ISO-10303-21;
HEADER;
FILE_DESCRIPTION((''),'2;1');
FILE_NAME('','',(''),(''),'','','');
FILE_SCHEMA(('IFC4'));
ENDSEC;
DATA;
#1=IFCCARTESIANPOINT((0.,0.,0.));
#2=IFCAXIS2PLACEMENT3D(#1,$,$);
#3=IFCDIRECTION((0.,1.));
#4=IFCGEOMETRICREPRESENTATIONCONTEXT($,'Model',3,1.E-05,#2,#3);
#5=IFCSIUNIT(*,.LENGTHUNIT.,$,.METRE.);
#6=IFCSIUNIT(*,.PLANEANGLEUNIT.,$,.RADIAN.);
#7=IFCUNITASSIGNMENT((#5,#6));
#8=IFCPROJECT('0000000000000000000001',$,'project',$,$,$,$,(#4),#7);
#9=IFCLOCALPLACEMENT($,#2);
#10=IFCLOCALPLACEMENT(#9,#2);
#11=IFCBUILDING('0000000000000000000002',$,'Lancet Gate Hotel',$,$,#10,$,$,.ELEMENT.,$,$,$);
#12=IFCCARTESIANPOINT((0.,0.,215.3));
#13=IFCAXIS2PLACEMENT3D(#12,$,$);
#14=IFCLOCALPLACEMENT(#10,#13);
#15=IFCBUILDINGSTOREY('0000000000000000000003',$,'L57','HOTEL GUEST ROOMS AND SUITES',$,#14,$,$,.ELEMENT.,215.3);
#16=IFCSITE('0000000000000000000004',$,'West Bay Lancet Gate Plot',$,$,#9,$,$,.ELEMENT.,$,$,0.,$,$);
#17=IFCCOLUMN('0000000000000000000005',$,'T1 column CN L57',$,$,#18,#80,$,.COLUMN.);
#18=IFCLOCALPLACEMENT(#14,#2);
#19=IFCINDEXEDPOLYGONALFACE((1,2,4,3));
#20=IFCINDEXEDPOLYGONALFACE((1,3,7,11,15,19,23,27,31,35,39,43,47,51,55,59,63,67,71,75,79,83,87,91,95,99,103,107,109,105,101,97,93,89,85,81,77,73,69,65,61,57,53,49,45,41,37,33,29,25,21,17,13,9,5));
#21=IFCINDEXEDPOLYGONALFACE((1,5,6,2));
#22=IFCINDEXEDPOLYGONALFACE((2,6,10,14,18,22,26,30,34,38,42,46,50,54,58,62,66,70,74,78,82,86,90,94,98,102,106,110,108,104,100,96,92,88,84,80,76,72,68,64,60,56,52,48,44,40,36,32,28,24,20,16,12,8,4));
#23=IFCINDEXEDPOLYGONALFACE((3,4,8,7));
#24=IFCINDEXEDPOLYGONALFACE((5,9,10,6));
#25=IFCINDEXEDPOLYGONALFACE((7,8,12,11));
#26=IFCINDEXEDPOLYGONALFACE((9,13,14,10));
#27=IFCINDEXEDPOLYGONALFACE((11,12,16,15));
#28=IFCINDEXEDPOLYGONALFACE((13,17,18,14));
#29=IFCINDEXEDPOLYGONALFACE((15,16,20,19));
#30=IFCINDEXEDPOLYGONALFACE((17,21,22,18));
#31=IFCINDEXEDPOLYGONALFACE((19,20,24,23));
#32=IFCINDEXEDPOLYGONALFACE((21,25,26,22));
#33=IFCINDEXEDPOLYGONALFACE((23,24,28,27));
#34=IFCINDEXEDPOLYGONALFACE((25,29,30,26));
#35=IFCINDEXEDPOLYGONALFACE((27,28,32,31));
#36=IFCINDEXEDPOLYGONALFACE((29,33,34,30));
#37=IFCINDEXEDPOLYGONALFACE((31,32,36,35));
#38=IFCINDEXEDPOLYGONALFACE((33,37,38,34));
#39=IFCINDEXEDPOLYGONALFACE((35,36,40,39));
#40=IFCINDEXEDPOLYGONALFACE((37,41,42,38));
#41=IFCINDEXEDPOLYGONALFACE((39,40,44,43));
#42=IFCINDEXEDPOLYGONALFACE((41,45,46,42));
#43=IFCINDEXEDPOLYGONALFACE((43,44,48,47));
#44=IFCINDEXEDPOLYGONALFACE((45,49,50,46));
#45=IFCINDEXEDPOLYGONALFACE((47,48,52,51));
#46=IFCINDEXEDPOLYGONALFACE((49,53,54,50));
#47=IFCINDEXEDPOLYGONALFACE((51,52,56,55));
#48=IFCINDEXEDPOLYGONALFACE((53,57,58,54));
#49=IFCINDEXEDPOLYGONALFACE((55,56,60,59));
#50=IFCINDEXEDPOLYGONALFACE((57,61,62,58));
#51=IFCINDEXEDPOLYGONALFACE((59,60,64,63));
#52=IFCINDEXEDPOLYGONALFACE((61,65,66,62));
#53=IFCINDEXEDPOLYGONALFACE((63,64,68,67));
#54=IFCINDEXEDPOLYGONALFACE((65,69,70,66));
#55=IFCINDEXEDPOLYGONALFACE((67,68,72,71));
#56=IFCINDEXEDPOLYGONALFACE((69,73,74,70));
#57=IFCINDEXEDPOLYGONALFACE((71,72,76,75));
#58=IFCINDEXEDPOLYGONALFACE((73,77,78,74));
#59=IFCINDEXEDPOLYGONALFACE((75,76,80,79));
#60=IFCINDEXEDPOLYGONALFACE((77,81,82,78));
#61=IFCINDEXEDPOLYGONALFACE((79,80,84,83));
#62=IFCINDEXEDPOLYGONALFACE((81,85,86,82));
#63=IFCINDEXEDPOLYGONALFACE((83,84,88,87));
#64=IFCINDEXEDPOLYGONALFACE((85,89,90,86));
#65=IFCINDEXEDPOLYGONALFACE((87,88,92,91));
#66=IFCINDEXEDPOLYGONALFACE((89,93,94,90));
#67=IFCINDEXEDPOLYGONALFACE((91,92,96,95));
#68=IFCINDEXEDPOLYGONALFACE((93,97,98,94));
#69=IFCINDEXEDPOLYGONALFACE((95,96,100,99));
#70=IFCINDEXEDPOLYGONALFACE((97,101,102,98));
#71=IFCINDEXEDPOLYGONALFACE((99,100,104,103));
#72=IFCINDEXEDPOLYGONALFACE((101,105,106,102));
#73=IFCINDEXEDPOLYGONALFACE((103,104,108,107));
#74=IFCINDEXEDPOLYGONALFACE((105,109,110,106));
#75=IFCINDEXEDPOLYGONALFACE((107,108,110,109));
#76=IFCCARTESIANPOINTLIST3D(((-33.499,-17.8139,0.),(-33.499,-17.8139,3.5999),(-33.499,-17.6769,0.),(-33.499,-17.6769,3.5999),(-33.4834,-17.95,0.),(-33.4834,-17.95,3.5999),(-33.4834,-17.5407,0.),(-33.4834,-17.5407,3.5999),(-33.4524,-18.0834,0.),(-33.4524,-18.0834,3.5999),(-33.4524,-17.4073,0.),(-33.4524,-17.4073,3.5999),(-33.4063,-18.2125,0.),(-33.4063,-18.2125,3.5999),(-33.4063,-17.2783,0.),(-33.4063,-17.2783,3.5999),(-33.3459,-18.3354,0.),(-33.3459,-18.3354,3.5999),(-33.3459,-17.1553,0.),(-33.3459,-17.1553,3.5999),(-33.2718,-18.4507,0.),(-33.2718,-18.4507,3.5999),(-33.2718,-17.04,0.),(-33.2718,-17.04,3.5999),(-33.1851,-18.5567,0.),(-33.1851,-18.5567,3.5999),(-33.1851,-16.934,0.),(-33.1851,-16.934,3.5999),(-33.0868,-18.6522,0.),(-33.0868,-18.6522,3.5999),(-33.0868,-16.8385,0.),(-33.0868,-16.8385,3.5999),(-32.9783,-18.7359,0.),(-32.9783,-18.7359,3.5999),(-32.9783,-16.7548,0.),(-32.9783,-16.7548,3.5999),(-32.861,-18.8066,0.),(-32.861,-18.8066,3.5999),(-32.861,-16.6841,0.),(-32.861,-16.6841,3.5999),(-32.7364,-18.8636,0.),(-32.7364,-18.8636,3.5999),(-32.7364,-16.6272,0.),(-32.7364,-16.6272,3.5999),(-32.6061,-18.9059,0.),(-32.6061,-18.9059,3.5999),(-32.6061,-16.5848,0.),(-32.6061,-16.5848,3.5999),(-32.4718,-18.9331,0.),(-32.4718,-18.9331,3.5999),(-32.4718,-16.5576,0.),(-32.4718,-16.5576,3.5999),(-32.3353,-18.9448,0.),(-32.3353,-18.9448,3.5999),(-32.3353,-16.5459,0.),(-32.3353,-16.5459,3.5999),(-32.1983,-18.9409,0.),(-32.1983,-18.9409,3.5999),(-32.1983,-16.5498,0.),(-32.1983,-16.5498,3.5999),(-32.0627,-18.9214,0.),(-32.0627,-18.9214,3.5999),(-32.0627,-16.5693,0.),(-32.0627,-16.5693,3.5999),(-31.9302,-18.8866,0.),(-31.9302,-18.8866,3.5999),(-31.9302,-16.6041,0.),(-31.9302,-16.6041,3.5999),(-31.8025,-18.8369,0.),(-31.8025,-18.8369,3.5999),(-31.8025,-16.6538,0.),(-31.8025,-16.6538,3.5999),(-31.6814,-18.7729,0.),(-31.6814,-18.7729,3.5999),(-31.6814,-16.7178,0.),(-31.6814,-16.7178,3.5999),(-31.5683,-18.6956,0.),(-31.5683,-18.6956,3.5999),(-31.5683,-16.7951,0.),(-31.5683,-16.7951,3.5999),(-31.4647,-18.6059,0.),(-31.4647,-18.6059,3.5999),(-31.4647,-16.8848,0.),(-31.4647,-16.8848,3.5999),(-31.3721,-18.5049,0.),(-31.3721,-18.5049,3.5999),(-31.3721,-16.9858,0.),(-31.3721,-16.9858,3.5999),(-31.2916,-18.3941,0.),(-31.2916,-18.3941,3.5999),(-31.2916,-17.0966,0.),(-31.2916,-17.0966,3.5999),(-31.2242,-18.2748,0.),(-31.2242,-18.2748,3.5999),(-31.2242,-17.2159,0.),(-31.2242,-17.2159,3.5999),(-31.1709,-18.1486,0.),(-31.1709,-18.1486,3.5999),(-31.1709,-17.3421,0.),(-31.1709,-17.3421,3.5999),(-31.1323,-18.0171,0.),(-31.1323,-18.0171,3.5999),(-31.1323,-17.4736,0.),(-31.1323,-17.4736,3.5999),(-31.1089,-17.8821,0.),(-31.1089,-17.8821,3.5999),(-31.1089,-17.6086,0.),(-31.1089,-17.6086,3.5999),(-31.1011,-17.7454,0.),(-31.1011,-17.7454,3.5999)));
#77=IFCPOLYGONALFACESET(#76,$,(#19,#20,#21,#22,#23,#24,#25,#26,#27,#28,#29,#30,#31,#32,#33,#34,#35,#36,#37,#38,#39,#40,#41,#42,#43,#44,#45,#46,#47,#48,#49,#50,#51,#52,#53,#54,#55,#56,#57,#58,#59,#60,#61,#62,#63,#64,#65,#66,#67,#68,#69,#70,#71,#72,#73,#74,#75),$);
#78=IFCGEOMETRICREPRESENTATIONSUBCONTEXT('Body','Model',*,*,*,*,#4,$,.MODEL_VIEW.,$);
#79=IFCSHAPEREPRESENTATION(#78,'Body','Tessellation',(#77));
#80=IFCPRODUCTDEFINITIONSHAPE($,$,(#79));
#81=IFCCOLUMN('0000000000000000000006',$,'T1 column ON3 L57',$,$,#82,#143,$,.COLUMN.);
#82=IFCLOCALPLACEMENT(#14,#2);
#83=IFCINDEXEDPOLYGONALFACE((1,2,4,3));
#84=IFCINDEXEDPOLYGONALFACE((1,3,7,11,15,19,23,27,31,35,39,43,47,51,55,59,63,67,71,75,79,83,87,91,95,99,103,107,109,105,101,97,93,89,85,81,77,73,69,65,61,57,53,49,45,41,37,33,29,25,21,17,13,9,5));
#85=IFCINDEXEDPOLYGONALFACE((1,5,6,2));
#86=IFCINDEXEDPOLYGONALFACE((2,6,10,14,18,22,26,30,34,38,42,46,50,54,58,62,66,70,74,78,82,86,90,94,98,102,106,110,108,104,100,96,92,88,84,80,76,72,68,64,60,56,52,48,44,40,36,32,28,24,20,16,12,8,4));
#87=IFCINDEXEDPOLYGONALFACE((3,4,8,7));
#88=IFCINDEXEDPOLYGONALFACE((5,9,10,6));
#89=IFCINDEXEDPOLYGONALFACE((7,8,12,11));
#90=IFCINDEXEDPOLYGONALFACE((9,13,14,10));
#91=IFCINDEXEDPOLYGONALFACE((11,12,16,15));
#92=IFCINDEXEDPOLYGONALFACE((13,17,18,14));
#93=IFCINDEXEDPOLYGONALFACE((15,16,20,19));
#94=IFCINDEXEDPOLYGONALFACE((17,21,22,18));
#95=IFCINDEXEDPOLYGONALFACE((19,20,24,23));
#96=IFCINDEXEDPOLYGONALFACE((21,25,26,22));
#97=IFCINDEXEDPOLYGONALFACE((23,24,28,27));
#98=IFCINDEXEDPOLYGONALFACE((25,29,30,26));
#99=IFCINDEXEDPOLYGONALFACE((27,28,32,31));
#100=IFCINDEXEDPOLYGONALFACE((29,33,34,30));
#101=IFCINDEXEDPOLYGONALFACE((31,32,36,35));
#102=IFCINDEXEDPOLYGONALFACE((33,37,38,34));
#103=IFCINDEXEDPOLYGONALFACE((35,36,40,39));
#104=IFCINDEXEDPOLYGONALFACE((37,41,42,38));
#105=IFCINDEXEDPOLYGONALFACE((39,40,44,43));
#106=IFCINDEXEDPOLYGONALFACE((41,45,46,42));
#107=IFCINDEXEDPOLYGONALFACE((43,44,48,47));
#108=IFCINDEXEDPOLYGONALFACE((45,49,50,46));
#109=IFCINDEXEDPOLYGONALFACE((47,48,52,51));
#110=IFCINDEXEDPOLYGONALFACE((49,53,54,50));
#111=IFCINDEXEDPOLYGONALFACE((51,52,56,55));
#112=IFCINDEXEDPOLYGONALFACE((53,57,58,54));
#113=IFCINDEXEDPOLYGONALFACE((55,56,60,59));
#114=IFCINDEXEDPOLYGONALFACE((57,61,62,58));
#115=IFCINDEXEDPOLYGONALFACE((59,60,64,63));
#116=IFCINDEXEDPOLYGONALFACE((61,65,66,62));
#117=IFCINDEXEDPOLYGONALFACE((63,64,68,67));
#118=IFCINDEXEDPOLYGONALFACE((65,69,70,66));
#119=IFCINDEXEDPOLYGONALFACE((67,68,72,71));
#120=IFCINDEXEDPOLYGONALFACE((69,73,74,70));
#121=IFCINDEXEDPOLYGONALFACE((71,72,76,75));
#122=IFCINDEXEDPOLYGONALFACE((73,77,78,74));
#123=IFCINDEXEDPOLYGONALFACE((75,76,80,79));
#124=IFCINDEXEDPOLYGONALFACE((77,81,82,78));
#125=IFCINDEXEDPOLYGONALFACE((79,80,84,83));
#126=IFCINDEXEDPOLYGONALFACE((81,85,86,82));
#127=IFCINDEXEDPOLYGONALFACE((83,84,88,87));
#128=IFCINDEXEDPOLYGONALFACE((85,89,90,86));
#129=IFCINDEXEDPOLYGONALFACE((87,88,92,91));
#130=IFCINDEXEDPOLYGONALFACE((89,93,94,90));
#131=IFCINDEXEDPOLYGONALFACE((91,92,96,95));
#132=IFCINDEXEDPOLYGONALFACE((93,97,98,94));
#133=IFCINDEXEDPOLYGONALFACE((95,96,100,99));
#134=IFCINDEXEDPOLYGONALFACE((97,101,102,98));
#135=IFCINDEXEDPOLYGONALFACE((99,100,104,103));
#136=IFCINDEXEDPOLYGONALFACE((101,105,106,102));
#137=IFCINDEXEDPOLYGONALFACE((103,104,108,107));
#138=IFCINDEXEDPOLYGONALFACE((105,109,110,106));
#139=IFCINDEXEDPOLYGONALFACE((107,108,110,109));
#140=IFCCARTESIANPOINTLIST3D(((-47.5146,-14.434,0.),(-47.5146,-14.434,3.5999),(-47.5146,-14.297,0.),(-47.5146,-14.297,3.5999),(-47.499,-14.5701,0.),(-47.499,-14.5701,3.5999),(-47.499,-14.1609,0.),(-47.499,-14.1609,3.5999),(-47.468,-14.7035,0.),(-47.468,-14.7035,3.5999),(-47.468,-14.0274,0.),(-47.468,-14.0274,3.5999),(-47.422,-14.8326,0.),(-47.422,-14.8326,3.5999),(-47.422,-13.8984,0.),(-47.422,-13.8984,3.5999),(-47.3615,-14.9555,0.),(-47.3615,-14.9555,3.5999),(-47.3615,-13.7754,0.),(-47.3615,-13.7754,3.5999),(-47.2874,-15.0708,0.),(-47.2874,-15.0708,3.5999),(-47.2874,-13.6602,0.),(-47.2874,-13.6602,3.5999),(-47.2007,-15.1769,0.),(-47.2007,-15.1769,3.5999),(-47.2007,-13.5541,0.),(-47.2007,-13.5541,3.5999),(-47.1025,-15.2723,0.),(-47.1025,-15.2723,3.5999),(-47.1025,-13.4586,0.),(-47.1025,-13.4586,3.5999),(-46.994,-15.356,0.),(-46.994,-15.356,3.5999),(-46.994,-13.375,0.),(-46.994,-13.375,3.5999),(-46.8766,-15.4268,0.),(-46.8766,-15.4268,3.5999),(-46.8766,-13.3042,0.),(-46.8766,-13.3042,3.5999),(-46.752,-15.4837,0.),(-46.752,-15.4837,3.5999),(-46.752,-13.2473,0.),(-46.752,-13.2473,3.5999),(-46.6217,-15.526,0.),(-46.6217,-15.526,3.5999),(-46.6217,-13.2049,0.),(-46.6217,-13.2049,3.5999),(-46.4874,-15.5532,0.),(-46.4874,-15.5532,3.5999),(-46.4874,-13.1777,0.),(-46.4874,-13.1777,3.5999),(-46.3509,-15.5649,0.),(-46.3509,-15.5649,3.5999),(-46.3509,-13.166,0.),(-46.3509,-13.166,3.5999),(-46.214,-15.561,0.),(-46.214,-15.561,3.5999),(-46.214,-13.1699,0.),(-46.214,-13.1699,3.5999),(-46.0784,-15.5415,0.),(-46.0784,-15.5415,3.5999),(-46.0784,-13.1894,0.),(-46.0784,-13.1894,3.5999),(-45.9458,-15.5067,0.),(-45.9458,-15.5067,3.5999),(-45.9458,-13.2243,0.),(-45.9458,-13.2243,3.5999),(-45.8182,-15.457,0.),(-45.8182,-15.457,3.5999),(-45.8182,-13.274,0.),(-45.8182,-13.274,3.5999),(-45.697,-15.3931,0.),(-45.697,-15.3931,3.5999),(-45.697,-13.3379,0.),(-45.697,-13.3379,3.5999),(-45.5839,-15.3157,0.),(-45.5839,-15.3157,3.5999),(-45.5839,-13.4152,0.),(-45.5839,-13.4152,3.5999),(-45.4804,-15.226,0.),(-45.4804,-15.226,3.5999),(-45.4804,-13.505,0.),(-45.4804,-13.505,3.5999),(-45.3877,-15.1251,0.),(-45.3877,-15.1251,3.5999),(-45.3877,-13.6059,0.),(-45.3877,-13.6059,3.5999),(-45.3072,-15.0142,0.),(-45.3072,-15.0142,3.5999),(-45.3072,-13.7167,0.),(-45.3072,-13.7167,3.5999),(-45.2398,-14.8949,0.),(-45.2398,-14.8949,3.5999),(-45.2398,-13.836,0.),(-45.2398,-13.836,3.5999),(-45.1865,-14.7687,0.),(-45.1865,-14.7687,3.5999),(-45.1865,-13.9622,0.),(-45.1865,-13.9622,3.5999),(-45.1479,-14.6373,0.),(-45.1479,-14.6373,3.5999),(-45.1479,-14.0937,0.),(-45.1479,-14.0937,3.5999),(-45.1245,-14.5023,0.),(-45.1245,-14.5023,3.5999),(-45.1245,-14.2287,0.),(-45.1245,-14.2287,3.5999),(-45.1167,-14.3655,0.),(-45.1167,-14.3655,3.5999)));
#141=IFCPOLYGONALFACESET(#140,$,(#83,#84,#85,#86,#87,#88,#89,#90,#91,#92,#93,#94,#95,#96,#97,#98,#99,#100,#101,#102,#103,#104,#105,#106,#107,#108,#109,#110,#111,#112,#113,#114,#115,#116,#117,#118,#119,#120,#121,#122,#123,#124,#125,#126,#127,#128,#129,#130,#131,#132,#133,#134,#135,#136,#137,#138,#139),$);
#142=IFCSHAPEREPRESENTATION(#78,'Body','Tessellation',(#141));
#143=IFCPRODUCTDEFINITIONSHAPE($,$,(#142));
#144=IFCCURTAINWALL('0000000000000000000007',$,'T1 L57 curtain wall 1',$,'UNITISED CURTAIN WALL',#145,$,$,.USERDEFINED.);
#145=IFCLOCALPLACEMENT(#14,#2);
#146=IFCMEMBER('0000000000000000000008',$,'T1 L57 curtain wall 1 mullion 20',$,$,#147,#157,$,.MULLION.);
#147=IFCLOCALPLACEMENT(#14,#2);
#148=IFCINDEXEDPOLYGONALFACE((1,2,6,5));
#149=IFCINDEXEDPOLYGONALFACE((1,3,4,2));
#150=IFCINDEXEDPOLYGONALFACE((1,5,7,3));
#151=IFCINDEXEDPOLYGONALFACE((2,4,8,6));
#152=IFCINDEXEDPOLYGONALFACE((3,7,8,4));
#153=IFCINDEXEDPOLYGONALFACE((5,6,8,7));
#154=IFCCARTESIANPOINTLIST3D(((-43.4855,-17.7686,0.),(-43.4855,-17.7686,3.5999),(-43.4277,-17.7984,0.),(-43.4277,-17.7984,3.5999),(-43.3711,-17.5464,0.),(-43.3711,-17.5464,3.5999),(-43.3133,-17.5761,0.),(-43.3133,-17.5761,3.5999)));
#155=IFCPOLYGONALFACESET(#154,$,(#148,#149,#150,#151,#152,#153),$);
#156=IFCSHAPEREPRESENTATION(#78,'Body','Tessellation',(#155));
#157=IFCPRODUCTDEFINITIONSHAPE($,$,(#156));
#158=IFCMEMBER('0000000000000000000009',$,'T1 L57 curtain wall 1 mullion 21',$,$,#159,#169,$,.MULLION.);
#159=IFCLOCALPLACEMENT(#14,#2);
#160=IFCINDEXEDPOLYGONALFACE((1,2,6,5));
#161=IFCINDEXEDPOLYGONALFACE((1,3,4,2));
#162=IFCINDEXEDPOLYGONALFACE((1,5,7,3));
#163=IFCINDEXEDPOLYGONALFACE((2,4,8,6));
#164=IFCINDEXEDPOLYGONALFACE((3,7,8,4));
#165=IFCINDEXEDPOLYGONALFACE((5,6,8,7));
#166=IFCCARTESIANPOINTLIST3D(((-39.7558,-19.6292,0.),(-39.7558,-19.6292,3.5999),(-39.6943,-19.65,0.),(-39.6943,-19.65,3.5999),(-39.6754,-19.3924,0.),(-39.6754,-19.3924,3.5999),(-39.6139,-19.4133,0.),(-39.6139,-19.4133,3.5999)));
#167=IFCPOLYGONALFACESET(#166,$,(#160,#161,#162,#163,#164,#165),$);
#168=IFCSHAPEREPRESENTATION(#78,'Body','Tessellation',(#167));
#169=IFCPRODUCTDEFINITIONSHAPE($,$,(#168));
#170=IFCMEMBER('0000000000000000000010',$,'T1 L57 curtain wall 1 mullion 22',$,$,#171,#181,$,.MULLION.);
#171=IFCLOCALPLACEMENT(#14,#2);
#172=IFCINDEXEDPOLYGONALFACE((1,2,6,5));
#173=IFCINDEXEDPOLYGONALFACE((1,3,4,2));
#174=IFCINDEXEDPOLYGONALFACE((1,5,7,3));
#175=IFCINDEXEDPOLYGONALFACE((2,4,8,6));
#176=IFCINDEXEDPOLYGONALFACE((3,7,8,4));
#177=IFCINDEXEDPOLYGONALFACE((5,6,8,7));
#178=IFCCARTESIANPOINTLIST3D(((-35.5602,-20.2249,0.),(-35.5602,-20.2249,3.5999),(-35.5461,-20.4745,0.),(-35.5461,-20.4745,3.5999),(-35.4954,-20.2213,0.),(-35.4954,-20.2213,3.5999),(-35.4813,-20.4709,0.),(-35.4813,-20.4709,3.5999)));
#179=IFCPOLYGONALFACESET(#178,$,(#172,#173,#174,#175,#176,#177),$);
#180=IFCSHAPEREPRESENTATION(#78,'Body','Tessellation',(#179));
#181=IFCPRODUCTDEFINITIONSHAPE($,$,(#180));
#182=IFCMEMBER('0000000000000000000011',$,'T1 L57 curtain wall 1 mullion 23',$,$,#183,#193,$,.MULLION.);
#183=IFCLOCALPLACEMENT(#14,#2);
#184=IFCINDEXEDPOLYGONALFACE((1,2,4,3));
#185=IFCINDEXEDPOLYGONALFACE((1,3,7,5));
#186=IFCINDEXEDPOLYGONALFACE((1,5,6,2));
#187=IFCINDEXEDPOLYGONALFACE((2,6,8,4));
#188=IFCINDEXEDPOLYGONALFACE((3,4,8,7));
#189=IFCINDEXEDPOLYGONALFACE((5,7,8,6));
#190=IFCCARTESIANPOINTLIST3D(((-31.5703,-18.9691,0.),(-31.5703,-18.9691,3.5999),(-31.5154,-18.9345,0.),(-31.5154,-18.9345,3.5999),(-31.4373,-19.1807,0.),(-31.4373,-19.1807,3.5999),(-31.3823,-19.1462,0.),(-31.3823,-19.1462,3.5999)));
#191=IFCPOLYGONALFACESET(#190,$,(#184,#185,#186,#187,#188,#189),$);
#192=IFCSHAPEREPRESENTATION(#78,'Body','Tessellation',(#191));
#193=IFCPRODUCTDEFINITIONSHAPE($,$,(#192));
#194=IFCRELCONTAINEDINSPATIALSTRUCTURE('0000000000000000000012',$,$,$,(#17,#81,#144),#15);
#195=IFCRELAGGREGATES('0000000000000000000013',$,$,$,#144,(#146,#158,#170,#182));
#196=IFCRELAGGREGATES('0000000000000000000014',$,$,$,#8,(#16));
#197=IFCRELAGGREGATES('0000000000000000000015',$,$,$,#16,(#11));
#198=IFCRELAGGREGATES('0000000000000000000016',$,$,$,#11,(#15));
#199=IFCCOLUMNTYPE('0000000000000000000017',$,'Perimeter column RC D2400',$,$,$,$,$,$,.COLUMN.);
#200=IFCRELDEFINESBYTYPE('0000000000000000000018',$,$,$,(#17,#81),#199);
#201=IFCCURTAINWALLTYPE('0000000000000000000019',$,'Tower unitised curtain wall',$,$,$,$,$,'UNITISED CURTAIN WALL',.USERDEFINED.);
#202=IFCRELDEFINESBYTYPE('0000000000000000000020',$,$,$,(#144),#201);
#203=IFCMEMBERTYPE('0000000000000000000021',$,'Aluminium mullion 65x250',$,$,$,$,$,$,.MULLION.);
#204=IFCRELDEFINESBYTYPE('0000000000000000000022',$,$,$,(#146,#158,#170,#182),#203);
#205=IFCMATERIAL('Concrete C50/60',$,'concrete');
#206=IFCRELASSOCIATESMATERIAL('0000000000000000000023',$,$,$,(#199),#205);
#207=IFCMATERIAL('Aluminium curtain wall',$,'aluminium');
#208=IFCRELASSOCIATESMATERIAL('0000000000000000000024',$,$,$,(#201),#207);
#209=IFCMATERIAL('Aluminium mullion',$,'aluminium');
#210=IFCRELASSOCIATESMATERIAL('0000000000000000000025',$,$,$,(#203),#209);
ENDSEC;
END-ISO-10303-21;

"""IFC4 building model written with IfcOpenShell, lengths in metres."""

from ifc_helpers import new_model, si_unit, direction, frame, origin, origin_2d, place, context, subcontext, project, spatial, rectangle, circle, extrude, material, material_profile, profile_set, type_object, element, aggregate, save


model = new_model("IFC4")

# Units and contexts
model_context = context("Model", 3, precision=1e-05, world=origin(), true_north=direction((0.0, 1.0)))
body_context = subcontext(model_context, "Body", "Model", "MODEL_VIEW")
ifc_project = project(units=[si_unit("LENGTHUNIT", "METRE"), si_unit("PLANEANGLEUNIT", "RADIAN")], contexts=[model_context])

# Site, building, storey
site_placement = place(None, origin())
site = spatial("IfcSite", under=ifc_project, at=site_placement, Name="West Bay Lancet Gate Plot", CompositionType="ELEMENT", RefElevation=0.0)
building_placement = place(site_placement, origin())
building = spatial("IfcBuilding", under=site, at=building_placement, Name="Lancet Gate Hotel", CompositionType="ELEMENT")
storey_placement = place(building_placement, frame((0.0, 0.0, 215.3)))
storey = spatial("IfcBuildingStorey", under=building, at=storey_placement, Name="L57", Description="HOTEL GUEST ROOMS AND SUITES", CompositionType="ELEMENT", Elevation=215.3)

# Columns
ifc_material_1 = material(Name="Concrete C50/60", Category="concrete")
ifc_material_profile_1 = material_profile(ifc_material_1, circle(Radius=1.2, at=origin_2d()), Name="RC D2400")
ifc_profile_set_1 = profile_set([ifc_material_profile_1], Name="Concrete C50/60")
column_type = type_object("IfcColumnType", Name="Perimeter column RC D2400", PredefinedType="COLUMN", material=ifc_profile_set_1)
for number, where, z_axis, x_axis, name in (
    (1, (-32.301, -17.7454, 0.0), (0.0, 0.0, 1.0), (1.0, 0.0, 0.0), "T1 column CN L57"),
    (2, (-46.3167, -14.3655, 0.0), (0.0, 0.0, 1.0), (1.0, 0.0, 0.0), "T1 column ON3 L57"),
):
    element("IfcColumn", number, at=place(storey_placement, frame(where, z_axis=z_axis, x_axis=x_axis)), inside=storey, type_object=column_type, Name=name, PredefinedType="COLUMN", context=body_context, shape_type="SweptSolid", body=[
        extrude(circle(Radius=1.2, at=origin_2d()), origin(), (0.0, 0.0, 1.0), 3.5999),
    ])

# Curtain wall, members
ifc_material_2 = material(Name="Aluminium curtain wall", Category="aluminium")
curtain_wall_type = type_object("IfcCurtainWallType", Name="Tower unitised curtain wall", ElementType="UNITISED CURTAIN WALL", PredefinedType="USERDEFINED", material=ifc_material_2)
curtain_wall_placement = place(storey_placement, origin())
curtain_wall = element("IfcCurtainWall", 3, at=curtain_wall_placement, inside=storey, type_object=curtain_wall_type, Name="T1 L57 curtain wall 1", ObjectType="UNITISED CURTAIN WALL", PredefinedType="USERDEFINED")
ifc_material_3 = material(Name="Aluminium mullion", Category="aluminium")
ifc_material_profile_2 = material_profile(ifc_material_3, rectangle(XDim=0.0649, YDim=0.25, at=origin_2d()), Name="MULLION 65x250")
ifc_profile_set_2 = profile_set([ifc_material_profile_2], Name="Aluminium mullion")
member_type_1 = type_object("IfcMemberType", Name="Aluminium mullion 65x250", PredefinedType="MULLION", material=ifc_profile_set_2)
member_1_placement = place(storey_placement, frame((-43.3994, -17.6724, 0.0), z_axis=(0.0, 0.0, 1.0), x_axis=(0.889156, -0.457605, 0.0)))
member_1 = element("IfcMember", 4, at=member_1_placement, type_object=member_type_1, Name="T1 L57 curtain wall 1 mullion 20", PredefinedType="MULLION", context=body_context, shape_type="SweptSolid", body=[
    extrude(rectangle(XDim=0.0649, YDim=0.25, at=origin_2d()), origin(), (0.0, 0.0, 1.0), 3.5999),
])
member_2_placement = place(storey_placement, frame((-39.6848, -19.5212, 0.0), z_axis=(0.0, 0.0, 1.0), x_axis=(0.946888, -0.321564, 0.0)))
member_2 = element("IfcMember", 5, at=member_2_placement, type_object=member_type_1, Name="T1 L57 curtain wall 1 mullion 21", PredefinedType="MULLION", context=body_context, shape_type="SweptSolid", body=[
    extrude(rectangle(XDim=0.0649, YDim=0.25, at=origin_2d()), origin(), (0.0, 0.0, 1.0), 3.5999),
])
member_3_placement = place(storey_placement, frame((-35.5208, -20.3479, 0.0), z_axis=(0.0, 0.0, 1.0), x_axis=(0.998409, 0.056384, 0.0)))
member_3 = element("IfcMember", 6, at=member_3_placement, type_object=member_type_1, Name="T1 L57 curtain wall 1 mullion 22", PredefinedType="MULLION", context=body_context, shape_type="SweptSolid", body=[
    extrude(rectangle(XDim=0.0649, YDim=0.25, at=origin_2d()), origin(), (0.0, 0.0, 1.0), 3.5999),
])
member_4_placement = place(storey_placement, frame((-31.4763, -19.0576, 0.0), z_axis=(0.0, 0.0, 1.0), x_axis=(0.846613, 0.532209, 0.0)))
member_4 = element("IfcMember", 7, at=member_4_placement, type_object=member_type_1, Name="T1 L57 curtain wall 1 mullion 23", PredefinedType="MULLION", context=body_context, shape_type="SweptSolid", body=[
    extrude(rectangle(XDim=0.0649, YDim=0.25, at=origin_2d()), origin(), (0.0, 0.0, 1.0), 3.5999),
])

aggregate(curtain_wall, [member_1, member_2, member_3, member_4])

save(model, "model.ifc")
